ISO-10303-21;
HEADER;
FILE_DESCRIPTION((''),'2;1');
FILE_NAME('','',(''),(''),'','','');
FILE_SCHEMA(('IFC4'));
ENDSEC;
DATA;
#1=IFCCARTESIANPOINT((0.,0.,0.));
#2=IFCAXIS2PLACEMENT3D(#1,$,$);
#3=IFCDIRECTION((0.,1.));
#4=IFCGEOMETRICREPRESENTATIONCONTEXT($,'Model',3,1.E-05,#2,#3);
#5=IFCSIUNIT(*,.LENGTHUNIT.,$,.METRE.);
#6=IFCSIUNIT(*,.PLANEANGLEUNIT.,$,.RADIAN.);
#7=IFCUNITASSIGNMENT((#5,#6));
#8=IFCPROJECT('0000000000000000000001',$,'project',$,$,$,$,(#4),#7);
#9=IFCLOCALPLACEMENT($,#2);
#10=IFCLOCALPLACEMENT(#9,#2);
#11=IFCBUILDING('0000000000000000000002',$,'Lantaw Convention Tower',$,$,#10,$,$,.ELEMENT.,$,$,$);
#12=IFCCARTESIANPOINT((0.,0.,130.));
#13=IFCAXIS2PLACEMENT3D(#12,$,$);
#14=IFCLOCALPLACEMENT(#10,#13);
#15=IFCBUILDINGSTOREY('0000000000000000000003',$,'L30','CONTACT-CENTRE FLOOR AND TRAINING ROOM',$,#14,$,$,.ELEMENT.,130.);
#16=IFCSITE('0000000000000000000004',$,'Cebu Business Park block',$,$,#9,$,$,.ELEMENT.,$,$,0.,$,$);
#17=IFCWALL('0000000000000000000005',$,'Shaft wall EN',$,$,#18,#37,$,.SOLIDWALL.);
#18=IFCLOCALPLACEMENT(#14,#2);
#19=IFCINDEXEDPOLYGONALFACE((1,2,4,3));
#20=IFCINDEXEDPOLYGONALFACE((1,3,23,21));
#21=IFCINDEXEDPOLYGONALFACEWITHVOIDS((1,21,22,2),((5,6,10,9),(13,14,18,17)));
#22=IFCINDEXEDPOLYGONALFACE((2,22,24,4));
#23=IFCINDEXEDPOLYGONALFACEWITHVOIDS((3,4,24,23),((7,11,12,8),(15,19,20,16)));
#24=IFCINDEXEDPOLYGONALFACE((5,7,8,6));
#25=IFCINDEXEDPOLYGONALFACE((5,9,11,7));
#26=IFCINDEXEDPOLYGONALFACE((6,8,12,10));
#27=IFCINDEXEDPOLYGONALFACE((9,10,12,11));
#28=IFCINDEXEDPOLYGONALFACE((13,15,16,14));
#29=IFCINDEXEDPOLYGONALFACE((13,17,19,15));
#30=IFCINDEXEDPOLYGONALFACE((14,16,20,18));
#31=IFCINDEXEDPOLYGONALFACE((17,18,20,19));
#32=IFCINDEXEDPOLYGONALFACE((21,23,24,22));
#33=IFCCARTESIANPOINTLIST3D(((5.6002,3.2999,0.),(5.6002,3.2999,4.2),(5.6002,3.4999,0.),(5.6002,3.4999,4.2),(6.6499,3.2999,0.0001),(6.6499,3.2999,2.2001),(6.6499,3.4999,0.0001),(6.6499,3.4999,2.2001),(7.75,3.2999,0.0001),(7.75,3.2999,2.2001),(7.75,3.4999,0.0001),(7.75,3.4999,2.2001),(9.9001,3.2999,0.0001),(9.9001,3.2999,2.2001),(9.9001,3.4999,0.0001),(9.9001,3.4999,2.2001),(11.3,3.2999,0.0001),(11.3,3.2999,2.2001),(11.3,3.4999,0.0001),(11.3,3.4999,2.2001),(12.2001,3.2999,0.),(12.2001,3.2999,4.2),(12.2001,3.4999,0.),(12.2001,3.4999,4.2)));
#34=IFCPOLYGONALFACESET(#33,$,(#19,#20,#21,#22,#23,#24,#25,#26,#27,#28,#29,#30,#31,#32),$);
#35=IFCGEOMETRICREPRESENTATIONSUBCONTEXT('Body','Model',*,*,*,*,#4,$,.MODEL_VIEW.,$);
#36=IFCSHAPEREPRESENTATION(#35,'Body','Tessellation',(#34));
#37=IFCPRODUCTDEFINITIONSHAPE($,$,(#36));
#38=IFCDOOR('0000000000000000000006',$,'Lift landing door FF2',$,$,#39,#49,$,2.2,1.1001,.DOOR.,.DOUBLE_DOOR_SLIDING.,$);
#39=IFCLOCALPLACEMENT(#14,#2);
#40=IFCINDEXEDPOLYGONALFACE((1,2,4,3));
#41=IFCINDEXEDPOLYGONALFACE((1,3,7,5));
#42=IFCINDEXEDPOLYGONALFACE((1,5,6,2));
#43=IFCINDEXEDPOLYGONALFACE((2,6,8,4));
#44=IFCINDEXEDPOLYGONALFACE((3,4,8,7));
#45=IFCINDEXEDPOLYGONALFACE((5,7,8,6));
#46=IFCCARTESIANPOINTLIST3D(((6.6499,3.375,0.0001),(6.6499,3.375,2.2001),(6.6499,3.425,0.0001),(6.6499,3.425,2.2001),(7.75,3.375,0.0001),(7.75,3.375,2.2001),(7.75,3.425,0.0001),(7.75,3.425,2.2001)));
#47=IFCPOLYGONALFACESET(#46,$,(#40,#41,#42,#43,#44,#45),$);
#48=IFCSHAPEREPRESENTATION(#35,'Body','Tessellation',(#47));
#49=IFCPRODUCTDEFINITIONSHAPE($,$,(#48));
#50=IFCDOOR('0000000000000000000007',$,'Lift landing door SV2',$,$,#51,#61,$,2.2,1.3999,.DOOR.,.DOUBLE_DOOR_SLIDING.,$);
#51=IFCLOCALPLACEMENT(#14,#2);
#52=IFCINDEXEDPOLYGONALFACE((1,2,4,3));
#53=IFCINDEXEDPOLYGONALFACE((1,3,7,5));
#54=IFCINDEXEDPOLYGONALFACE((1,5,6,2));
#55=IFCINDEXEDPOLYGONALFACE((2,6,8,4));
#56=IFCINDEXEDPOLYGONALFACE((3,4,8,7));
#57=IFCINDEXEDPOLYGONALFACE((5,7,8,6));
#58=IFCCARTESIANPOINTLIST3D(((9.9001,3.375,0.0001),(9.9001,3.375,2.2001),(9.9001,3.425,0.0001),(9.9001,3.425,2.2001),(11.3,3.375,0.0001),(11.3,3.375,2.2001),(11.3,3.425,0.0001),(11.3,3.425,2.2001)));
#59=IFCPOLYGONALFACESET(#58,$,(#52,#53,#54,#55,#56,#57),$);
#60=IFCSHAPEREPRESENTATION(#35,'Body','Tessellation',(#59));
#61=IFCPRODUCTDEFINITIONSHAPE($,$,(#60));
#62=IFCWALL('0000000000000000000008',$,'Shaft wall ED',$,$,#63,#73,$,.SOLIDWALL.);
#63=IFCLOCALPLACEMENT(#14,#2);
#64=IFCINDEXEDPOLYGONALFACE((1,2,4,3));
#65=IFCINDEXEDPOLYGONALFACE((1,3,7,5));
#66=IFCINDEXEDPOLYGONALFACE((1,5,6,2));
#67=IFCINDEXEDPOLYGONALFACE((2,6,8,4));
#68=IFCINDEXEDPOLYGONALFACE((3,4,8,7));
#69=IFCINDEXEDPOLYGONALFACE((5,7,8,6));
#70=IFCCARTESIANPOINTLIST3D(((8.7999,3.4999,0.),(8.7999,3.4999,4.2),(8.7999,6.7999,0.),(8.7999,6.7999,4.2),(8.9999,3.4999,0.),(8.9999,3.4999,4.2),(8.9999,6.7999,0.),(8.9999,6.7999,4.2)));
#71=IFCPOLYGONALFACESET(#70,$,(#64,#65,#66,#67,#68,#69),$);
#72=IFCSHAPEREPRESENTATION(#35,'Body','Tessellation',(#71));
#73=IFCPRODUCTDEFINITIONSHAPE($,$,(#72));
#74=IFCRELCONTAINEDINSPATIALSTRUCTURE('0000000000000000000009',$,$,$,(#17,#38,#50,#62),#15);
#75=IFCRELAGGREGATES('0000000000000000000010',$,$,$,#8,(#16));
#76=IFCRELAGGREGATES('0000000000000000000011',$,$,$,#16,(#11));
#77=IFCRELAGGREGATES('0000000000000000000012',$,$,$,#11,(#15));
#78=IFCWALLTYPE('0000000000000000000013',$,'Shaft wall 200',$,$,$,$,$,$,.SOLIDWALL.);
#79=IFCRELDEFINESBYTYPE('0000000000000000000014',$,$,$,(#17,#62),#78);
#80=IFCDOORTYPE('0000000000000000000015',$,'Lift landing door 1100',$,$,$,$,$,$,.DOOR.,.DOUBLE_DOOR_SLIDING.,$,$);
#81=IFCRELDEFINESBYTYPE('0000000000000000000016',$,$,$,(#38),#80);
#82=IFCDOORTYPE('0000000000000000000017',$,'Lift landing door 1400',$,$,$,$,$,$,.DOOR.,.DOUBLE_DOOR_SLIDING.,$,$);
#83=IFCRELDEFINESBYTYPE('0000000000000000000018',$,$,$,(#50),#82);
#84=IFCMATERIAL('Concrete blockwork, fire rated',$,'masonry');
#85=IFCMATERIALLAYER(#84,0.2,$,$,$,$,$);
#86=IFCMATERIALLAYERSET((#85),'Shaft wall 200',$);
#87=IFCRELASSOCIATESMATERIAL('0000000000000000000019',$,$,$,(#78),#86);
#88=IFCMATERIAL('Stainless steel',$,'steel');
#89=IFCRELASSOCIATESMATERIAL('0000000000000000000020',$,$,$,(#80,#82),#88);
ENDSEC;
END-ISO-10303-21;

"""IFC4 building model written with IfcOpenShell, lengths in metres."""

from ifc_helpers import new_model, si_unit, direction, frame, frame_2d, origin, place, context, subcontext, project, spatial, rectangle, extrude, material, layer, layer_set, type_object, element, fill, save


model = new_model("IFC4")

# Units and contexts
model_context = context("Model", 3, precision=1e-05, world=origin(), true_north=direction((0.0, 1.0)))
body_context = subcontext(model_context, "Body", "Model", "MODEL_VIEW")
ifc_project = project(units=[si_unit("LENGTHUNIT", "METRE"), si_unit("PLANEANGLEUNIT", "RADIAN")], contexts=[model_context])

# Site, building, storey
site_placement = place(None, origin())
site = spatial("IfcSite", under=ifc_project, at=site_placement, Name="Cebu Business Park block", CompositionType="ELEMENT", RefElevation=0.0)
building_placement = place(site_placement, origin())
building = spatial("IfcBuilding", under=site, at=building_placement, Name="Lantaw Convention Tower", CompositionType="ELEMENT")
storey_placement = place(building_placement, frame((0.0, 0.0, 130.0)))
storey = spatial("IfcBuildingStorey", under=building, at=storey_placement, Name="L30", Description="CONTACT-CENTRE FLOOR AND TRAINING ROOM", CompositionType="ELEMENT", Elevation=130.0)

# Wall, openings, doors
ifc_material_1 = material(Name="Concrete blockwork, fire rated", Category="masonry")
ifc_layer_1 = layer(ifc_material_1, 0.2)
ifc_layer_set_1 = layer_set([ifc_layer_1], Name="Shaft wall 200")
wall_type_1 = type_object("IfcWallType", Name="Shaft wall 200", PredefinedType="SOLIDWALL", material=ifc_layer_set_1)
wall_1_placement = place(storey_placement, frame((12.2, 3.3999, 0.0), z_axis=(0.0, 0.0, 1.0), x_axis=(-1.0, 0.0, 0.0)))
wall_1 = element("IfcWall", 1, at=wall_1_placement, inside=storey, type_object=wall_type_1, Name="Shaft wall EN", PredefinedType="SOLIDWALL", context=body_context, shape_type="SweptSolid", body=[
    extrude(rectangle(XDim=6.5999, YDim=0.2, at=frame_2d((3.2998, 0.0))), origin(), (0.0, 0.0, 1.0), 4.2),
])
opening_1_placement = place(wall_1_placement, frame((4.45, 0.0, 0.0)))
opening_1 = element("IfcOpeningElement", 2, at=opening_1_placement, cuts=wall_1, PredefinedType="OPENING", context=body_context, shape_type="SweptSolid", body=[
    extrude(rectangle(XDim=1.1001, YDim=2.2, at=frame_2d((0.55, 1.1001))), frame((0.0, 0.1099, 0.0), z_axis=(0.0, -1.0, 0.0), x_axis=(1.0, 0.0, 0.0)), (0.0, 0.0, 1.0), 0.22),
])
opening_2_placement = place(wall_1_placement, frame((0.8999, 0.0, 0.0)))
opening_2 = element("IfcOpeningElement", 3, at=opening_2_placement, cuts=wall_1, PredefinedType="OPENING", context=body_context, shape_type="SweptSolid", body=[
    extrude(rectangle(XDim=1.3999, YDim=2.2, at=frame_2d((0.7, 1.1001))), frame((0.0, 0.1099, 0.0), z_axis=(0.0, -1.0, 0.0), x_axis=(1.0, 0.0, 0.0)), (0.0, 0.0, 1.0), 0.22),
])
ifc_material_2 = material(Name="Stainless steel", Category="steel")
door_type_1 = type_object("IfcDoorType", Name="Lift landing door 1100", OperationType="DOUBLE_DOOR_SLIDING", PredefinedType="DOOR", material=ifc_material_2)
door_1_placement = place(opening_1_placement, origin())
door_1 = element("IfcDoor", 4, at=door_1_placement, inside=storey, type_object=door_type_1, Name="Lift landing door FF2", OperationType="DOUBLE_DOOR_SLIDING", OverallHeight=2.2, OverallWidth=1.1001, PredefinedType="DOOR", context=body_context, shape_type="SweptSolid", body=[
    extrude(rectangle(XDim=1.1001, YDim=2.2, at=frame_2d((0.55, 1.1001))), frame((0.0, 0.0249, 0.0), z_axis=(0.0, -1.0, 0.0), x_axis=(1.0, 0.0, 0.0)), (0.0, 0.0, 1.0), 0.05),
])
fill(opening_1, door_1)
door_type_2 = type_object("IfcDoorType", Name="Lift landing door 1400", OperationType="DOUBLE_DOOR_SLIDING", PredefinedType="DOOR", material=ifc_material_2)
door_2_placement = place(opening_2_placement, origin())
door_2 = element("IfcDoor", 5, at=door_2_placement, inside=storey, type_object=door_type_2, Name="Lift landing door SV2", OperationType="DOUBLE_DOOR_SLIDING", OverallHeight=2.2, OverallWidth=1.3999, PredefinedType="DOOR", context=body_context, shape_type="SweptSolid", body=[
    extrude(rectangle(XDim=1.3999, YDim=2.2, at=frame_2d((0.7, 1.1001))), frame((0.0, 0.0249, 0.0), z_axis=(0.0, -1.0, 0.0), x_axis=(1.0, 0.0, 0.0)), (0.0, 0.0, 1.0), 0.05),
])
fill(opening_2, door_2)

# Wall
wall_2_placement = place(storey_placement, frame((8.8999, 3.5, 0.0), z_axis=(0.0, 0.0, 1.0), x_axis=(0.0, 1.0, 0.0)))
element("IfcWall", 6, at=wall_2_placement, inside=storey, type_object=wall_type_1, Name="Shaft wall ED", PredefinedType="SOLIDWALL", context=body_context, shape_type="SweptSolid", body=[
    extrude(rectangle(XDim=3.3, YDim=0.2, at=frame_2d((1.6499, 0.0))), origin(), (0.0, 0.0, 1.0), 4.2),
])

save(model, "model.ifc")
